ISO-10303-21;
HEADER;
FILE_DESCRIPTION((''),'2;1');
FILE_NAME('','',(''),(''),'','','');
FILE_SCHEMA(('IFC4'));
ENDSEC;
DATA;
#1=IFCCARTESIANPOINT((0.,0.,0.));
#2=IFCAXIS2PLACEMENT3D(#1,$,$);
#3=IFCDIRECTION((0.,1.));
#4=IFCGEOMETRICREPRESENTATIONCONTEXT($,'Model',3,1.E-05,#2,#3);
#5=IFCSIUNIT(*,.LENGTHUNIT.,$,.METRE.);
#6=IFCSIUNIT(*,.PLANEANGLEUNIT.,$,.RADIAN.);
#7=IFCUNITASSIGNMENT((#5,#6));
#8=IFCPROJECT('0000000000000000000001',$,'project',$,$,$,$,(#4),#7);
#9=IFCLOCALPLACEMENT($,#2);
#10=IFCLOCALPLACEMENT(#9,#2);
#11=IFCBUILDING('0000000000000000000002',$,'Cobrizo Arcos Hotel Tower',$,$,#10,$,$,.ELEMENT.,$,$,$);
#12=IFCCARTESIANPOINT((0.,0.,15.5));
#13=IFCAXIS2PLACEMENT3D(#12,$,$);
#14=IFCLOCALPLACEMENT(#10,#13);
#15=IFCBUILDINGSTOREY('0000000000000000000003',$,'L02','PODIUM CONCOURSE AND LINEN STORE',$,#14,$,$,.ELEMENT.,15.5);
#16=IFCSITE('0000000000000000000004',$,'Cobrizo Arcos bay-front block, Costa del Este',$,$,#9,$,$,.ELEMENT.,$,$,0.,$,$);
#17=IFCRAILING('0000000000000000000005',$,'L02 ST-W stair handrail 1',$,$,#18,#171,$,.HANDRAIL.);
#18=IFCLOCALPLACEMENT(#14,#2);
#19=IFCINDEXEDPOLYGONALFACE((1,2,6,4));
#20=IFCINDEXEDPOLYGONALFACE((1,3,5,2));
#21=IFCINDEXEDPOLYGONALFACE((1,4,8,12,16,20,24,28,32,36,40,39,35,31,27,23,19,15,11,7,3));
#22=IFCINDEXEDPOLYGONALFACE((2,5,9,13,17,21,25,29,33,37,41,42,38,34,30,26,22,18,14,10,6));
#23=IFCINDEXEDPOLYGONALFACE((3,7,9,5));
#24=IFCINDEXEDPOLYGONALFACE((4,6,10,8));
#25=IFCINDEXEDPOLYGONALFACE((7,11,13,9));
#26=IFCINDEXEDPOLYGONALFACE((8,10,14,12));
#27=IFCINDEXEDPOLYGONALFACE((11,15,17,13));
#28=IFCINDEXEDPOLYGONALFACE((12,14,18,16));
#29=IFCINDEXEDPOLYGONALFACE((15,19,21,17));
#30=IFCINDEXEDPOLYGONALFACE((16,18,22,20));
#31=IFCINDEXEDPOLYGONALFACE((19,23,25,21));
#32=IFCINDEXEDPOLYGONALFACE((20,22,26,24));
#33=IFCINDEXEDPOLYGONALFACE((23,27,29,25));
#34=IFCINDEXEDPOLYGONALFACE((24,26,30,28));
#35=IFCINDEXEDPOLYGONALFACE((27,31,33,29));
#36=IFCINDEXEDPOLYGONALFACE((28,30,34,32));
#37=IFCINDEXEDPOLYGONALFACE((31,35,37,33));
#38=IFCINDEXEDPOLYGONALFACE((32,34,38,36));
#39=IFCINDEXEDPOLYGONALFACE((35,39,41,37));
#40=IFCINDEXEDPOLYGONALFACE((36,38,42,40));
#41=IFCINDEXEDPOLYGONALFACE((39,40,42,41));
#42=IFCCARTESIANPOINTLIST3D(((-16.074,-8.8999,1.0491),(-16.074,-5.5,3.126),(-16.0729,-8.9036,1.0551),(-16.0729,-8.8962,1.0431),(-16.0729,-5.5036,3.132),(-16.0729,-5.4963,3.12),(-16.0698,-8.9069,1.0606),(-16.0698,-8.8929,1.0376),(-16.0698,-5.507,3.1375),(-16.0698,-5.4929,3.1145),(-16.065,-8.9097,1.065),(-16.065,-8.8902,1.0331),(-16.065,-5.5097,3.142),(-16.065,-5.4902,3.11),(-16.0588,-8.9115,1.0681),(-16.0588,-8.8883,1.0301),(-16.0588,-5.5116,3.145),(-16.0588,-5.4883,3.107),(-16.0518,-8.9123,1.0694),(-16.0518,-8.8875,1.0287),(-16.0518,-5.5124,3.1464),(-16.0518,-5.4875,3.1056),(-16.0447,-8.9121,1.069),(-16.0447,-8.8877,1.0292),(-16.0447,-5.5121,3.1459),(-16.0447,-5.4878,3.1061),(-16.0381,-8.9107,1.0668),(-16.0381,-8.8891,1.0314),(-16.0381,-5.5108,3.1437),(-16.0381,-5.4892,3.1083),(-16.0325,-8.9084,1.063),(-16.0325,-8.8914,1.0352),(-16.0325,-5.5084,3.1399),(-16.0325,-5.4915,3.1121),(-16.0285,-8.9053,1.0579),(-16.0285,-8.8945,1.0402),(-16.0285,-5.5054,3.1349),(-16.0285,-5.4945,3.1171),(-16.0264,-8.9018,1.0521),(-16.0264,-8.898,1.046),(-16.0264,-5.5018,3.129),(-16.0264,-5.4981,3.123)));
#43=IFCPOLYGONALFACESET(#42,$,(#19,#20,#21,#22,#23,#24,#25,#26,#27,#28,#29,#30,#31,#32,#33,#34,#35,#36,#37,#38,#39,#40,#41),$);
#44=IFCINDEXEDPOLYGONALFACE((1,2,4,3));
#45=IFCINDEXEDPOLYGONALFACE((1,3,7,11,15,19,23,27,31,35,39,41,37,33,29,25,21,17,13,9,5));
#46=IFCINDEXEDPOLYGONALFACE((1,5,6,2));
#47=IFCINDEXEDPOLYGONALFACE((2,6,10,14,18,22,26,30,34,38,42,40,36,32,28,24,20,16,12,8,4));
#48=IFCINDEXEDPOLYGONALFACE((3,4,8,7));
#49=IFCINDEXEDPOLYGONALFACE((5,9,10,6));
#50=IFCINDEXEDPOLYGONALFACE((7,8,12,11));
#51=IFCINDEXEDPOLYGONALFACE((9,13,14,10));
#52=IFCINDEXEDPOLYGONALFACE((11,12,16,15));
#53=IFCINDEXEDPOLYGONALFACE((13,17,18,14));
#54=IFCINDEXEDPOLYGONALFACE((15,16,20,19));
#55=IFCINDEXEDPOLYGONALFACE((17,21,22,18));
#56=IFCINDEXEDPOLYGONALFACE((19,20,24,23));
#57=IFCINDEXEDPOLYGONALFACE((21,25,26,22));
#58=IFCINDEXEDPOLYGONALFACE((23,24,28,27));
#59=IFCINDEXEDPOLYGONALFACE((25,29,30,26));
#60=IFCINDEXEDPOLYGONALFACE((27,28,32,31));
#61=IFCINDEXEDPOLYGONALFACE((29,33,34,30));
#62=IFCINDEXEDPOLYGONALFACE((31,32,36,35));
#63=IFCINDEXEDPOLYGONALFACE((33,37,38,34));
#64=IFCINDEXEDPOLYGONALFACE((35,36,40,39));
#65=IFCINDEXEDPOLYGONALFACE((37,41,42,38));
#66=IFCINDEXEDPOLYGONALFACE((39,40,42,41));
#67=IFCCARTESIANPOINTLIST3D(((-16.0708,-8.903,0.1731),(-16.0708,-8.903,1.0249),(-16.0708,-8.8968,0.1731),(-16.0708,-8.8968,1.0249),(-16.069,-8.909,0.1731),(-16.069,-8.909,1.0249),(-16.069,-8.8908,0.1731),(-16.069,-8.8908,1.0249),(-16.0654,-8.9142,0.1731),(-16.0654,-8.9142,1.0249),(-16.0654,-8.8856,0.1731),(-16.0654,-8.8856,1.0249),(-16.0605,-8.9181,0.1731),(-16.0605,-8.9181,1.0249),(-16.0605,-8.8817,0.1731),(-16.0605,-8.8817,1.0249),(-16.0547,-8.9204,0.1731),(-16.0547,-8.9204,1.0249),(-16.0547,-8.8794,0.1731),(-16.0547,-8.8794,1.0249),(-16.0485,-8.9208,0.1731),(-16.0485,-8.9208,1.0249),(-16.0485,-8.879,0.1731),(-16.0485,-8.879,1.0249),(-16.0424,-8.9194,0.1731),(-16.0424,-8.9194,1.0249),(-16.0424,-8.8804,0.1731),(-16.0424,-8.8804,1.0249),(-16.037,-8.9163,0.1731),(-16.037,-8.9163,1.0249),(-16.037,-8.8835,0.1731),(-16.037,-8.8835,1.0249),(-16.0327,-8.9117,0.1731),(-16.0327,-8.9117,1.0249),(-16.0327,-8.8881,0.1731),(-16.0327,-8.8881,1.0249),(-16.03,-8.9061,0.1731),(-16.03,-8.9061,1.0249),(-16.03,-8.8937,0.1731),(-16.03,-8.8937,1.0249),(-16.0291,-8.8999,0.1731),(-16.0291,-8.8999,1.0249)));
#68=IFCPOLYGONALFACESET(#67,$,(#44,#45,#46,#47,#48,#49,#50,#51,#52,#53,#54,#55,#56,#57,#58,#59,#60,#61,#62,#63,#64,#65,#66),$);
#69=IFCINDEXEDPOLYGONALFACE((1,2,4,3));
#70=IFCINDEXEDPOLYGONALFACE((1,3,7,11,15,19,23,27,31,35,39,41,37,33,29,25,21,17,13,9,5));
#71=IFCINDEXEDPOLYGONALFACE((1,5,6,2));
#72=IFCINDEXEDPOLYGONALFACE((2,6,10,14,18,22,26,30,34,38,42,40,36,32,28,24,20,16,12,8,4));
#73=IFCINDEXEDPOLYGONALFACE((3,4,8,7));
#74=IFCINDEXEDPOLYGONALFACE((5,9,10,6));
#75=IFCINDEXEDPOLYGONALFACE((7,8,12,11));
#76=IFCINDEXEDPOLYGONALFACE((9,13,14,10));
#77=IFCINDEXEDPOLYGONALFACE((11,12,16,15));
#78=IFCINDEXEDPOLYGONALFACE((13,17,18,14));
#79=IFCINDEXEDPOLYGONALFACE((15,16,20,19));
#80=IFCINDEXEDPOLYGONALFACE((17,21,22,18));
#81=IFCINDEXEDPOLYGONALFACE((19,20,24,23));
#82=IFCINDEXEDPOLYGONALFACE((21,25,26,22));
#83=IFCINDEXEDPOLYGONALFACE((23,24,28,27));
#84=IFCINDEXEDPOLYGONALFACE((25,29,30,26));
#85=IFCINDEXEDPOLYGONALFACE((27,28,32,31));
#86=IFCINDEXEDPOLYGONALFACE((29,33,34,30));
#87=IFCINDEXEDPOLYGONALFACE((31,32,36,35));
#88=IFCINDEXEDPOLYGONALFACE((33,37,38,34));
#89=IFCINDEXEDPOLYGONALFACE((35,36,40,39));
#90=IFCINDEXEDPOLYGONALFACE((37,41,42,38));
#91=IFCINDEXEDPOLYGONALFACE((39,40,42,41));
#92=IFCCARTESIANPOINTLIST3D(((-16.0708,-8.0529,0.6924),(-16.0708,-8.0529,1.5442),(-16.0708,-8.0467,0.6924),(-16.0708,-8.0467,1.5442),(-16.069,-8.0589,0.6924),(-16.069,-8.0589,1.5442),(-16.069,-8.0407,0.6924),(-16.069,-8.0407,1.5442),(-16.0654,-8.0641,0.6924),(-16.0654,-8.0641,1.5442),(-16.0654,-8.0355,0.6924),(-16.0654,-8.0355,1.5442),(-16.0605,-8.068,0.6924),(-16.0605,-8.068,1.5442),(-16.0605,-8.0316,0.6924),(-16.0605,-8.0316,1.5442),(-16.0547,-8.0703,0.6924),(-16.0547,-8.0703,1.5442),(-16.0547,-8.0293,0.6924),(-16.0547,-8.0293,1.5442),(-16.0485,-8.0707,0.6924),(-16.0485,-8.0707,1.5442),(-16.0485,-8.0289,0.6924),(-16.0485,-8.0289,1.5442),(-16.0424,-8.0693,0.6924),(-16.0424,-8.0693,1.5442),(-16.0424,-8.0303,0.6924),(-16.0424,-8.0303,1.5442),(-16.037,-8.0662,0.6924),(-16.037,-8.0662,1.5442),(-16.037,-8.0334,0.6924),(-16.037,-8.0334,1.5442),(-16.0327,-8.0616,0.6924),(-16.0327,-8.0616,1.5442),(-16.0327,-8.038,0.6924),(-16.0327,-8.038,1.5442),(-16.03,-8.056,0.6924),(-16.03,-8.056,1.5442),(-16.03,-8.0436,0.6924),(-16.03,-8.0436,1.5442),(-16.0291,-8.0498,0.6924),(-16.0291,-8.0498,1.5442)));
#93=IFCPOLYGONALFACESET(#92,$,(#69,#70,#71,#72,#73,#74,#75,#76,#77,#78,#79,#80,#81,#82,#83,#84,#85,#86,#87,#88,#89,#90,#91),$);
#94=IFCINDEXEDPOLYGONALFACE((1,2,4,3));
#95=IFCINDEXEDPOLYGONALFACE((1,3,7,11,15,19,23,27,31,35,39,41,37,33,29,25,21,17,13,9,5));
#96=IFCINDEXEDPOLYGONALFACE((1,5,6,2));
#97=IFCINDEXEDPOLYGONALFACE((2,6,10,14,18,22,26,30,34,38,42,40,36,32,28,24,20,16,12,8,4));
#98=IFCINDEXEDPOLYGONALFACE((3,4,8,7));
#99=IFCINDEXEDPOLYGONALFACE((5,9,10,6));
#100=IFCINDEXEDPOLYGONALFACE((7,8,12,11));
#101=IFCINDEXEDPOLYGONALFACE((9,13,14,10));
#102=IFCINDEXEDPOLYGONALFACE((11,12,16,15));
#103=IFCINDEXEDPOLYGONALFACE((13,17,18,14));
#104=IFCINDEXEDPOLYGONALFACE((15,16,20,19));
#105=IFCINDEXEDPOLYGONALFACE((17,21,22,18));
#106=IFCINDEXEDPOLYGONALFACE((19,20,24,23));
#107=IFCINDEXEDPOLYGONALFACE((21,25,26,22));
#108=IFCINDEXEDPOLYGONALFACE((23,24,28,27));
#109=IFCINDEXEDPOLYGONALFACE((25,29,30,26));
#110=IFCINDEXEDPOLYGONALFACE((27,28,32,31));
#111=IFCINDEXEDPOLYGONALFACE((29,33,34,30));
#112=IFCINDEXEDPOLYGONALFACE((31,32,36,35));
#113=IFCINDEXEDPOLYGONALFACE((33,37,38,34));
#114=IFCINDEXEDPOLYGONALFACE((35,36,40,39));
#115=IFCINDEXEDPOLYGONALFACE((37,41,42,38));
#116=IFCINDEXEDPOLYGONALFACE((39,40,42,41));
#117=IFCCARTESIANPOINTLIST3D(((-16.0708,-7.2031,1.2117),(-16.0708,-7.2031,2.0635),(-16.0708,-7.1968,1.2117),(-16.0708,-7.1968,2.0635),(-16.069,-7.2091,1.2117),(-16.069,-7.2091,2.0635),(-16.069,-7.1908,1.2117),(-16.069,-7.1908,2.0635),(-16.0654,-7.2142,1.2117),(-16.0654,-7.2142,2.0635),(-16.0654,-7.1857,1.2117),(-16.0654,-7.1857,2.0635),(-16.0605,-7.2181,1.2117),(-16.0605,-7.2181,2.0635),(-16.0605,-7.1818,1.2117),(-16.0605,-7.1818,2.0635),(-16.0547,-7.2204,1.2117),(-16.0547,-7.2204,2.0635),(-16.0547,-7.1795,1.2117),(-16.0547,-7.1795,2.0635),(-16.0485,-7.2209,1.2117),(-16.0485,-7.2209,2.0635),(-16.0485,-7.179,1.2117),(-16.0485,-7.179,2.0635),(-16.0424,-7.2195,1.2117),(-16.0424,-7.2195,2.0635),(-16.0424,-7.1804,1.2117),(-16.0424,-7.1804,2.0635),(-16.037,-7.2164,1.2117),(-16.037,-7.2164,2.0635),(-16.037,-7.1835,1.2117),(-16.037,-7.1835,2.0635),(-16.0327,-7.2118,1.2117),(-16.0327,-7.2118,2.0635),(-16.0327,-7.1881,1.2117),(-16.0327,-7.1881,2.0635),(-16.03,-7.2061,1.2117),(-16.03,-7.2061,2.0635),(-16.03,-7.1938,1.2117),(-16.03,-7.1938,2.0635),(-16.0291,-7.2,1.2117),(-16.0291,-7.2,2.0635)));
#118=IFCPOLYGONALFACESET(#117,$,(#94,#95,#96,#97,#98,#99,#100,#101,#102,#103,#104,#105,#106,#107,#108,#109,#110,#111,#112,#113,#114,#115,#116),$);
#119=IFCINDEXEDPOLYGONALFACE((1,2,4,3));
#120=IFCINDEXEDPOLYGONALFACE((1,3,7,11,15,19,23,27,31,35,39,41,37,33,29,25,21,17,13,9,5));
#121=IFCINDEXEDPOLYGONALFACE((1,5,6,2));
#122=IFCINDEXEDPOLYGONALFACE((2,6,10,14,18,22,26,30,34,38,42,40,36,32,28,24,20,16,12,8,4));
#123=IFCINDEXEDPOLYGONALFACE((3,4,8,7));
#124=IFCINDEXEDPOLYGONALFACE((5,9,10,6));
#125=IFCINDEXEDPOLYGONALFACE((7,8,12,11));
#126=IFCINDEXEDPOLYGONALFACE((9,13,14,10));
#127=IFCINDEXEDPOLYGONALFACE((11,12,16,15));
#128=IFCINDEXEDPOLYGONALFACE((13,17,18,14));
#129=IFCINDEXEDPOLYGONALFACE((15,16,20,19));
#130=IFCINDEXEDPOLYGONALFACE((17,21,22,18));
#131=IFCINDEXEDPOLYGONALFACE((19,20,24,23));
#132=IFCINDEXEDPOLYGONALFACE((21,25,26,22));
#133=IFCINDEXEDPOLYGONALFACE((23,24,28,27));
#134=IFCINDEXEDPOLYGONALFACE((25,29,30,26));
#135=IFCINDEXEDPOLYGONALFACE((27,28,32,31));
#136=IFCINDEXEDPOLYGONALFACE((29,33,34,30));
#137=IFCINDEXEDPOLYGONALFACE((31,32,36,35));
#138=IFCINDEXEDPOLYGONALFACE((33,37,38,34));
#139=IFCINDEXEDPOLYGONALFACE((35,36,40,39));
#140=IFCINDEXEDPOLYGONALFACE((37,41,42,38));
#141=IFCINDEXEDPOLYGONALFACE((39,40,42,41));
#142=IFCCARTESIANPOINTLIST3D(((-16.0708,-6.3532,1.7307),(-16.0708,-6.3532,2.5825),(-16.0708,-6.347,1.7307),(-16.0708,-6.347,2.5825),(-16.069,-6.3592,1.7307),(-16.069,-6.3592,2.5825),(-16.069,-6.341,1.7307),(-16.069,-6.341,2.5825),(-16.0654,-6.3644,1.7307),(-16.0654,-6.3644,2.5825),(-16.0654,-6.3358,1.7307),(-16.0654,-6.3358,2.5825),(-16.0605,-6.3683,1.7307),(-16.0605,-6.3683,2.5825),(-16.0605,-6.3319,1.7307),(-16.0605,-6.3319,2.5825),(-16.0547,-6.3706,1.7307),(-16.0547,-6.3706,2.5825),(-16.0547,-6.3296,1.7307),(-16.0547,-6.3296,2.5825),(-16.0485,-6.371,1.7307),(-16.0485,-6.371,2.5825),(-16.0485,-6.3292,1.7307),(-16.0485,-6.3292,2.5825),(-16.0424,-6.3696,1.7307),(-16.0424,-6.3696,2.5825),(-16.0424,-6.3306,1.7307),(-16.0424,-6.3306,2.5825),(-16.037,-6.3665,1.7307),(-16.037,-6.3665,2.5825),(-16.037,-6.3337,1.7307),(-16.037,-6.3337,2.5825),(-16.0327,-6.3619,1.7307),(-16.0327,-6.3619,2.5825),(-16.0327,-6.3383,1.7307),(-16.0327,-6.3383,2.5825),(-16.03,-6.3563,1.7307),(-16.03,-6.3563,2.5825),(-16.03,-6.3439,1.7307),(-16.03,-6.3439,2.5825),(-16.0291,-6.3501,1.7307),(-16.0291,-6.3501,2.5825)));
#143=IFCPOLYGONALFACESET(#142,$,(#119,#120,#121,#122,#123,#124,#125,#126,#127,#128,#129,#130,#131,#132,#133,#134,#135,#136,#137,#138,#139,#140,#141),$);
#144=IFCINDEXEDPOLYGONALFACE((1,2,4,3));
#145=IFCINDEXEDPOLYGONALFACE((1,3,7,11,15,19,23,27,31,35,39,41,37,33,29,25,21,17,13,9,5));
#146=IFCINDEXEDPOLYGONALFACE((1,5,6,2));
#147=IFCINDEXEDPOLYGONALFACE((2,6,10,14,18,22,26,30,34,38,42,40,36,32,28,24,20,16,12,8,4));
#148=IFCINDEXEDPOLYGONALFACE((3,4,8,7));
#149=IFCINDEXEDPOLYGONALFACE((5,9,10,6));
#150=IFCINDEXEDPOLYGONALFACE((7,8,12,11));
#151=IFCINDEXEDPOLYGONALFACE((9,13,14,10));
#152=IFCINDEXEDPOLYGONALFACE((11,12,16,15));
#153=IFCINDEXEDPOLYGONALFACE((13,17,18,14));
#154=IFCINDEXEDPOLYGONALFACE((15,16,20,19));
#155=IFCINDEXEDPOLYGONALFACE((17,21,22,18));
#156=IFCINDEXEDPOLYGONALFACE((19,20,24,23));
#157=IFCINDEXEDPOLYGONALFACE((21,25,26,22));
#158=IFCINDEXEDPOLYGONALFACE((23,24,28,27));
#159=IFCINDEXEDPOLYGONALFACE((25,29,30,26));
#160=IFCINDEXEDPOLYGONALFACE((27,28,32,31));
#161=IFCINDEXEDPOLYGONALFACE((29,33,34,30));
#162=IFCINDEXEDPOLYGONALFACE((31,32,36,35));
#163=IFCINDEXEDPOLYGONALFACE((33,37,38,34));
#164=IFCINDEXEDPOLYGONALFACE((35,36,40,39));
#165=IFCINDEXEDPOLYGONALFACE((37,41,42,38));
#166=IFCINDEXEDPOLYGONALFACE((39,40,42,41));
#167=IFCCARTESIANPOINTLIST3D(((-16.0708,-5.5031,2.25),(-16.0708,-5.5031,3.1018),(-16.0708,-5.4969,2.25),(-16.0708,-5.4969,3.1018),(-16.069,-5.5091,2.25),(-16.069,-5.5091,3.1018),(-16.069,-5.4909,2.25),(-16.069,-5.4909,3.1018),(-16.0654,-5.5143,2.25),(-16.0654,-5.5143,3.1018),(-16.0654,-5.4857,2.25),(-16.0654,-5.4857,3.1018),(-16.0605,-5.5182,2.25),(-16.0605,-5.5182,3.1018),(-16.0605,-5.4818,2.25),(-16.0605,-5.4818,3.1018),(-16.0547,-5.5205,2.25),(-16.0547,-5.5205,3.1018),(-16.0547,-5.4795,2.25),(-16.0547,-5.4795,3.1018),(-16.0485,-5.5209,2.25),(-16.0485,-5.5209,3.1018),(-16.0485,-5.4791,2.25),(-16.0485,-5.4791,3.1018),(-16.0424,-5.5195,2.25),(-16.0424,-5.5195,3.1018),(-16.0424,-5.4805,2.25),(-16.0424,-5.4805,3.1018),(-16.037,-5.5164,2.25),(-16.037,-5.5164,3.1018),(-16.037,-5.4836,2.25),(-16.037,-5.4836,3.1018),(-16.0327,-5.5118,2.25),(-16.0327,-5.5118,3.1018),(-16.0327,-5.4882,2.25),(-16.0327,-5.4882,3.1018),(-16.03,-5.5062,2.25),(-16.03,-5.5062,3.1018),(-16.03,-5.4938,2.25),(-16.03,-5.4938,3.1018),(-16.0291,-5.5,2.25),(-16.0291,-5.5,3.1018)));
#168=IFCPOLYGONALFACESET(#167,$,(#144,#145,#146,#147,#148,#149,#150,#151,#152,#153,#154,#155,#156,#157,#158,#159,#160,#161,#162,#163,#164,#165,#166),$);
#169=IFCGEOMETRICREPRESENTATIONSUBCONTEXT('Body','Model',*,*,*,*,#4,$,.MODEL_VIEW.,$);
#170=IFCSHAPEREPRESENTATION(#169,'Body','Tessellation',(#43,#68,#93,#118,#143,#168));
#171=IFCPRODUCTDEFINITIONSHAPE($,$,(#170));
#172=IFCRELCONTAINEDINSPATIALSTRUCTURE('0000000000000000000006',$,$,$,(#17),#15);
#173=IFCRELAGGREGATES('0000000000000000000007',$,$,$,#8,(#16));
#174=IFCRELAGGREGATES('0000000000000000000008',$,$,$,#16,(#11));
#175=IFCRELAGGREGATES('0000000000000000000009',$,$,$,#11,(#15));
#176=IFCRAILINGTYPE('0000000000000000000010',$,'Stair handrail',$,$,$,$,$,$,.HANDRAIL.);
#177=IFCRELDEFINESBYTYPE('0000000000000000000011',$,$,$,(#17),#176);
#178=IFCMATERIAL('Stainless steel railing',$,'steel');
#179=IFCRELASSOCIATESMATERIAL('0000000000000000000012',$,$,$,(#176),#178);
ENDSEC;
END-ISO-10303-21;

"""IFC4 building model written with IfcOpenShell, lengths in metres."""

from ifc_helpers import new_model, si_unit, direction, frame, origin, origin_2d, place, context, subcontext, project, spatial, circle, extrude, material, type_object, element, save


model = new_model("IFC4")

# Units and contexts
model_context = context("Model", 3, precision=1e-05, world=origin(), true_north=direction((0.0, 1.0)))
body_context = subcontext(model_context, "Body", "Model", "MODEL_VIEW")
ifc_project = project(units=[si_unit("LENGTHUNIT", "METRE"), si_unit("PLANEANGLEUNIT", "RADIAN")], contexts=[model_context])

# Site, building, storey
site_placement = place(None, origin())
site = spatial("IfcSite", under=ifc_project, at=site_placement, Name="Cobrizo Arcos bay-front block, Costa del Este", CompositionType="ELEMENT", RefElevation=0.0)
building_placement = place(site_placement, origin())
building = spatial("IfcBuilding", under=site, at=building_placement, Name="Cobrizo Arcos Hotel Tower", CompositionType="ELEMENT")
storey_placement = place(building_placement, frame((0.0, 0.0, 15.5)))
storey = spatial("IfcBuildingStorey", under=building, at=storey_placement, Name="L02", Description="PODIUM CONCOURSE AND LINEN STORE", CompositionType="ELEMENT", Elevation=15.5)

# Railing
ifc_material_1 = material(Name="Stainless steel railing", Category="steel")
railing_type_1 = type_object("IfcRailingType", Name="Stair handrail", PredefinedType="HANDRAIL", material=ifc_material_1)
railing_1_placement = place(storey_placement, frame((-16.05, -8.8999, 0.1731)))
element("IfcRailing", 1, at=railing_1_placement, inside=storey, type_object=railing_type_1, Name="L02 ST-W stair handrail 1", PredefinedType="HANDRAIL", context=body_context, shape_type="SweptSolid", body=[
    extrude(circle(Radius=0.0239, at=origin_2d()), frame((0.0, 0.0, 0.876), z_axis=(0.0, 0.853373, 0.521301), x_axis=(-1.0, 0.0, 0.0)), (0.0, 0.0, 1.0), 3.9841),
    extrude(circle(Radius=0.021, at=origin_2d()), origin(), (0.0, 0.0, 1.0), 0.8518),
    extrude(circle(Radius=0.021, at=origin_2d()), frame((0.0, 0.8501, 0.5193)), (0.0, 0.0, 1.0), 0.8518),
    extrude(circle(Radius=0.021, at=origin_2d()), frame((0.0, 1.7, 1.0386)), (0.0, 0.0, 1.0), 0.8518),
    extrude(circle(Radius=0.021, at=origin_2d()), frame((0.0, 2.5498, 1.5576)), (0.0, 0.0, 1.0), 0.8518),
    extrude(circle(Radius=0.021, at=origin_2d()), frame((0.0, 3.3999, 2.0769)), (0.0, 0.0, 1.0), 0.8518),
])

save(model, "model.ifc")
